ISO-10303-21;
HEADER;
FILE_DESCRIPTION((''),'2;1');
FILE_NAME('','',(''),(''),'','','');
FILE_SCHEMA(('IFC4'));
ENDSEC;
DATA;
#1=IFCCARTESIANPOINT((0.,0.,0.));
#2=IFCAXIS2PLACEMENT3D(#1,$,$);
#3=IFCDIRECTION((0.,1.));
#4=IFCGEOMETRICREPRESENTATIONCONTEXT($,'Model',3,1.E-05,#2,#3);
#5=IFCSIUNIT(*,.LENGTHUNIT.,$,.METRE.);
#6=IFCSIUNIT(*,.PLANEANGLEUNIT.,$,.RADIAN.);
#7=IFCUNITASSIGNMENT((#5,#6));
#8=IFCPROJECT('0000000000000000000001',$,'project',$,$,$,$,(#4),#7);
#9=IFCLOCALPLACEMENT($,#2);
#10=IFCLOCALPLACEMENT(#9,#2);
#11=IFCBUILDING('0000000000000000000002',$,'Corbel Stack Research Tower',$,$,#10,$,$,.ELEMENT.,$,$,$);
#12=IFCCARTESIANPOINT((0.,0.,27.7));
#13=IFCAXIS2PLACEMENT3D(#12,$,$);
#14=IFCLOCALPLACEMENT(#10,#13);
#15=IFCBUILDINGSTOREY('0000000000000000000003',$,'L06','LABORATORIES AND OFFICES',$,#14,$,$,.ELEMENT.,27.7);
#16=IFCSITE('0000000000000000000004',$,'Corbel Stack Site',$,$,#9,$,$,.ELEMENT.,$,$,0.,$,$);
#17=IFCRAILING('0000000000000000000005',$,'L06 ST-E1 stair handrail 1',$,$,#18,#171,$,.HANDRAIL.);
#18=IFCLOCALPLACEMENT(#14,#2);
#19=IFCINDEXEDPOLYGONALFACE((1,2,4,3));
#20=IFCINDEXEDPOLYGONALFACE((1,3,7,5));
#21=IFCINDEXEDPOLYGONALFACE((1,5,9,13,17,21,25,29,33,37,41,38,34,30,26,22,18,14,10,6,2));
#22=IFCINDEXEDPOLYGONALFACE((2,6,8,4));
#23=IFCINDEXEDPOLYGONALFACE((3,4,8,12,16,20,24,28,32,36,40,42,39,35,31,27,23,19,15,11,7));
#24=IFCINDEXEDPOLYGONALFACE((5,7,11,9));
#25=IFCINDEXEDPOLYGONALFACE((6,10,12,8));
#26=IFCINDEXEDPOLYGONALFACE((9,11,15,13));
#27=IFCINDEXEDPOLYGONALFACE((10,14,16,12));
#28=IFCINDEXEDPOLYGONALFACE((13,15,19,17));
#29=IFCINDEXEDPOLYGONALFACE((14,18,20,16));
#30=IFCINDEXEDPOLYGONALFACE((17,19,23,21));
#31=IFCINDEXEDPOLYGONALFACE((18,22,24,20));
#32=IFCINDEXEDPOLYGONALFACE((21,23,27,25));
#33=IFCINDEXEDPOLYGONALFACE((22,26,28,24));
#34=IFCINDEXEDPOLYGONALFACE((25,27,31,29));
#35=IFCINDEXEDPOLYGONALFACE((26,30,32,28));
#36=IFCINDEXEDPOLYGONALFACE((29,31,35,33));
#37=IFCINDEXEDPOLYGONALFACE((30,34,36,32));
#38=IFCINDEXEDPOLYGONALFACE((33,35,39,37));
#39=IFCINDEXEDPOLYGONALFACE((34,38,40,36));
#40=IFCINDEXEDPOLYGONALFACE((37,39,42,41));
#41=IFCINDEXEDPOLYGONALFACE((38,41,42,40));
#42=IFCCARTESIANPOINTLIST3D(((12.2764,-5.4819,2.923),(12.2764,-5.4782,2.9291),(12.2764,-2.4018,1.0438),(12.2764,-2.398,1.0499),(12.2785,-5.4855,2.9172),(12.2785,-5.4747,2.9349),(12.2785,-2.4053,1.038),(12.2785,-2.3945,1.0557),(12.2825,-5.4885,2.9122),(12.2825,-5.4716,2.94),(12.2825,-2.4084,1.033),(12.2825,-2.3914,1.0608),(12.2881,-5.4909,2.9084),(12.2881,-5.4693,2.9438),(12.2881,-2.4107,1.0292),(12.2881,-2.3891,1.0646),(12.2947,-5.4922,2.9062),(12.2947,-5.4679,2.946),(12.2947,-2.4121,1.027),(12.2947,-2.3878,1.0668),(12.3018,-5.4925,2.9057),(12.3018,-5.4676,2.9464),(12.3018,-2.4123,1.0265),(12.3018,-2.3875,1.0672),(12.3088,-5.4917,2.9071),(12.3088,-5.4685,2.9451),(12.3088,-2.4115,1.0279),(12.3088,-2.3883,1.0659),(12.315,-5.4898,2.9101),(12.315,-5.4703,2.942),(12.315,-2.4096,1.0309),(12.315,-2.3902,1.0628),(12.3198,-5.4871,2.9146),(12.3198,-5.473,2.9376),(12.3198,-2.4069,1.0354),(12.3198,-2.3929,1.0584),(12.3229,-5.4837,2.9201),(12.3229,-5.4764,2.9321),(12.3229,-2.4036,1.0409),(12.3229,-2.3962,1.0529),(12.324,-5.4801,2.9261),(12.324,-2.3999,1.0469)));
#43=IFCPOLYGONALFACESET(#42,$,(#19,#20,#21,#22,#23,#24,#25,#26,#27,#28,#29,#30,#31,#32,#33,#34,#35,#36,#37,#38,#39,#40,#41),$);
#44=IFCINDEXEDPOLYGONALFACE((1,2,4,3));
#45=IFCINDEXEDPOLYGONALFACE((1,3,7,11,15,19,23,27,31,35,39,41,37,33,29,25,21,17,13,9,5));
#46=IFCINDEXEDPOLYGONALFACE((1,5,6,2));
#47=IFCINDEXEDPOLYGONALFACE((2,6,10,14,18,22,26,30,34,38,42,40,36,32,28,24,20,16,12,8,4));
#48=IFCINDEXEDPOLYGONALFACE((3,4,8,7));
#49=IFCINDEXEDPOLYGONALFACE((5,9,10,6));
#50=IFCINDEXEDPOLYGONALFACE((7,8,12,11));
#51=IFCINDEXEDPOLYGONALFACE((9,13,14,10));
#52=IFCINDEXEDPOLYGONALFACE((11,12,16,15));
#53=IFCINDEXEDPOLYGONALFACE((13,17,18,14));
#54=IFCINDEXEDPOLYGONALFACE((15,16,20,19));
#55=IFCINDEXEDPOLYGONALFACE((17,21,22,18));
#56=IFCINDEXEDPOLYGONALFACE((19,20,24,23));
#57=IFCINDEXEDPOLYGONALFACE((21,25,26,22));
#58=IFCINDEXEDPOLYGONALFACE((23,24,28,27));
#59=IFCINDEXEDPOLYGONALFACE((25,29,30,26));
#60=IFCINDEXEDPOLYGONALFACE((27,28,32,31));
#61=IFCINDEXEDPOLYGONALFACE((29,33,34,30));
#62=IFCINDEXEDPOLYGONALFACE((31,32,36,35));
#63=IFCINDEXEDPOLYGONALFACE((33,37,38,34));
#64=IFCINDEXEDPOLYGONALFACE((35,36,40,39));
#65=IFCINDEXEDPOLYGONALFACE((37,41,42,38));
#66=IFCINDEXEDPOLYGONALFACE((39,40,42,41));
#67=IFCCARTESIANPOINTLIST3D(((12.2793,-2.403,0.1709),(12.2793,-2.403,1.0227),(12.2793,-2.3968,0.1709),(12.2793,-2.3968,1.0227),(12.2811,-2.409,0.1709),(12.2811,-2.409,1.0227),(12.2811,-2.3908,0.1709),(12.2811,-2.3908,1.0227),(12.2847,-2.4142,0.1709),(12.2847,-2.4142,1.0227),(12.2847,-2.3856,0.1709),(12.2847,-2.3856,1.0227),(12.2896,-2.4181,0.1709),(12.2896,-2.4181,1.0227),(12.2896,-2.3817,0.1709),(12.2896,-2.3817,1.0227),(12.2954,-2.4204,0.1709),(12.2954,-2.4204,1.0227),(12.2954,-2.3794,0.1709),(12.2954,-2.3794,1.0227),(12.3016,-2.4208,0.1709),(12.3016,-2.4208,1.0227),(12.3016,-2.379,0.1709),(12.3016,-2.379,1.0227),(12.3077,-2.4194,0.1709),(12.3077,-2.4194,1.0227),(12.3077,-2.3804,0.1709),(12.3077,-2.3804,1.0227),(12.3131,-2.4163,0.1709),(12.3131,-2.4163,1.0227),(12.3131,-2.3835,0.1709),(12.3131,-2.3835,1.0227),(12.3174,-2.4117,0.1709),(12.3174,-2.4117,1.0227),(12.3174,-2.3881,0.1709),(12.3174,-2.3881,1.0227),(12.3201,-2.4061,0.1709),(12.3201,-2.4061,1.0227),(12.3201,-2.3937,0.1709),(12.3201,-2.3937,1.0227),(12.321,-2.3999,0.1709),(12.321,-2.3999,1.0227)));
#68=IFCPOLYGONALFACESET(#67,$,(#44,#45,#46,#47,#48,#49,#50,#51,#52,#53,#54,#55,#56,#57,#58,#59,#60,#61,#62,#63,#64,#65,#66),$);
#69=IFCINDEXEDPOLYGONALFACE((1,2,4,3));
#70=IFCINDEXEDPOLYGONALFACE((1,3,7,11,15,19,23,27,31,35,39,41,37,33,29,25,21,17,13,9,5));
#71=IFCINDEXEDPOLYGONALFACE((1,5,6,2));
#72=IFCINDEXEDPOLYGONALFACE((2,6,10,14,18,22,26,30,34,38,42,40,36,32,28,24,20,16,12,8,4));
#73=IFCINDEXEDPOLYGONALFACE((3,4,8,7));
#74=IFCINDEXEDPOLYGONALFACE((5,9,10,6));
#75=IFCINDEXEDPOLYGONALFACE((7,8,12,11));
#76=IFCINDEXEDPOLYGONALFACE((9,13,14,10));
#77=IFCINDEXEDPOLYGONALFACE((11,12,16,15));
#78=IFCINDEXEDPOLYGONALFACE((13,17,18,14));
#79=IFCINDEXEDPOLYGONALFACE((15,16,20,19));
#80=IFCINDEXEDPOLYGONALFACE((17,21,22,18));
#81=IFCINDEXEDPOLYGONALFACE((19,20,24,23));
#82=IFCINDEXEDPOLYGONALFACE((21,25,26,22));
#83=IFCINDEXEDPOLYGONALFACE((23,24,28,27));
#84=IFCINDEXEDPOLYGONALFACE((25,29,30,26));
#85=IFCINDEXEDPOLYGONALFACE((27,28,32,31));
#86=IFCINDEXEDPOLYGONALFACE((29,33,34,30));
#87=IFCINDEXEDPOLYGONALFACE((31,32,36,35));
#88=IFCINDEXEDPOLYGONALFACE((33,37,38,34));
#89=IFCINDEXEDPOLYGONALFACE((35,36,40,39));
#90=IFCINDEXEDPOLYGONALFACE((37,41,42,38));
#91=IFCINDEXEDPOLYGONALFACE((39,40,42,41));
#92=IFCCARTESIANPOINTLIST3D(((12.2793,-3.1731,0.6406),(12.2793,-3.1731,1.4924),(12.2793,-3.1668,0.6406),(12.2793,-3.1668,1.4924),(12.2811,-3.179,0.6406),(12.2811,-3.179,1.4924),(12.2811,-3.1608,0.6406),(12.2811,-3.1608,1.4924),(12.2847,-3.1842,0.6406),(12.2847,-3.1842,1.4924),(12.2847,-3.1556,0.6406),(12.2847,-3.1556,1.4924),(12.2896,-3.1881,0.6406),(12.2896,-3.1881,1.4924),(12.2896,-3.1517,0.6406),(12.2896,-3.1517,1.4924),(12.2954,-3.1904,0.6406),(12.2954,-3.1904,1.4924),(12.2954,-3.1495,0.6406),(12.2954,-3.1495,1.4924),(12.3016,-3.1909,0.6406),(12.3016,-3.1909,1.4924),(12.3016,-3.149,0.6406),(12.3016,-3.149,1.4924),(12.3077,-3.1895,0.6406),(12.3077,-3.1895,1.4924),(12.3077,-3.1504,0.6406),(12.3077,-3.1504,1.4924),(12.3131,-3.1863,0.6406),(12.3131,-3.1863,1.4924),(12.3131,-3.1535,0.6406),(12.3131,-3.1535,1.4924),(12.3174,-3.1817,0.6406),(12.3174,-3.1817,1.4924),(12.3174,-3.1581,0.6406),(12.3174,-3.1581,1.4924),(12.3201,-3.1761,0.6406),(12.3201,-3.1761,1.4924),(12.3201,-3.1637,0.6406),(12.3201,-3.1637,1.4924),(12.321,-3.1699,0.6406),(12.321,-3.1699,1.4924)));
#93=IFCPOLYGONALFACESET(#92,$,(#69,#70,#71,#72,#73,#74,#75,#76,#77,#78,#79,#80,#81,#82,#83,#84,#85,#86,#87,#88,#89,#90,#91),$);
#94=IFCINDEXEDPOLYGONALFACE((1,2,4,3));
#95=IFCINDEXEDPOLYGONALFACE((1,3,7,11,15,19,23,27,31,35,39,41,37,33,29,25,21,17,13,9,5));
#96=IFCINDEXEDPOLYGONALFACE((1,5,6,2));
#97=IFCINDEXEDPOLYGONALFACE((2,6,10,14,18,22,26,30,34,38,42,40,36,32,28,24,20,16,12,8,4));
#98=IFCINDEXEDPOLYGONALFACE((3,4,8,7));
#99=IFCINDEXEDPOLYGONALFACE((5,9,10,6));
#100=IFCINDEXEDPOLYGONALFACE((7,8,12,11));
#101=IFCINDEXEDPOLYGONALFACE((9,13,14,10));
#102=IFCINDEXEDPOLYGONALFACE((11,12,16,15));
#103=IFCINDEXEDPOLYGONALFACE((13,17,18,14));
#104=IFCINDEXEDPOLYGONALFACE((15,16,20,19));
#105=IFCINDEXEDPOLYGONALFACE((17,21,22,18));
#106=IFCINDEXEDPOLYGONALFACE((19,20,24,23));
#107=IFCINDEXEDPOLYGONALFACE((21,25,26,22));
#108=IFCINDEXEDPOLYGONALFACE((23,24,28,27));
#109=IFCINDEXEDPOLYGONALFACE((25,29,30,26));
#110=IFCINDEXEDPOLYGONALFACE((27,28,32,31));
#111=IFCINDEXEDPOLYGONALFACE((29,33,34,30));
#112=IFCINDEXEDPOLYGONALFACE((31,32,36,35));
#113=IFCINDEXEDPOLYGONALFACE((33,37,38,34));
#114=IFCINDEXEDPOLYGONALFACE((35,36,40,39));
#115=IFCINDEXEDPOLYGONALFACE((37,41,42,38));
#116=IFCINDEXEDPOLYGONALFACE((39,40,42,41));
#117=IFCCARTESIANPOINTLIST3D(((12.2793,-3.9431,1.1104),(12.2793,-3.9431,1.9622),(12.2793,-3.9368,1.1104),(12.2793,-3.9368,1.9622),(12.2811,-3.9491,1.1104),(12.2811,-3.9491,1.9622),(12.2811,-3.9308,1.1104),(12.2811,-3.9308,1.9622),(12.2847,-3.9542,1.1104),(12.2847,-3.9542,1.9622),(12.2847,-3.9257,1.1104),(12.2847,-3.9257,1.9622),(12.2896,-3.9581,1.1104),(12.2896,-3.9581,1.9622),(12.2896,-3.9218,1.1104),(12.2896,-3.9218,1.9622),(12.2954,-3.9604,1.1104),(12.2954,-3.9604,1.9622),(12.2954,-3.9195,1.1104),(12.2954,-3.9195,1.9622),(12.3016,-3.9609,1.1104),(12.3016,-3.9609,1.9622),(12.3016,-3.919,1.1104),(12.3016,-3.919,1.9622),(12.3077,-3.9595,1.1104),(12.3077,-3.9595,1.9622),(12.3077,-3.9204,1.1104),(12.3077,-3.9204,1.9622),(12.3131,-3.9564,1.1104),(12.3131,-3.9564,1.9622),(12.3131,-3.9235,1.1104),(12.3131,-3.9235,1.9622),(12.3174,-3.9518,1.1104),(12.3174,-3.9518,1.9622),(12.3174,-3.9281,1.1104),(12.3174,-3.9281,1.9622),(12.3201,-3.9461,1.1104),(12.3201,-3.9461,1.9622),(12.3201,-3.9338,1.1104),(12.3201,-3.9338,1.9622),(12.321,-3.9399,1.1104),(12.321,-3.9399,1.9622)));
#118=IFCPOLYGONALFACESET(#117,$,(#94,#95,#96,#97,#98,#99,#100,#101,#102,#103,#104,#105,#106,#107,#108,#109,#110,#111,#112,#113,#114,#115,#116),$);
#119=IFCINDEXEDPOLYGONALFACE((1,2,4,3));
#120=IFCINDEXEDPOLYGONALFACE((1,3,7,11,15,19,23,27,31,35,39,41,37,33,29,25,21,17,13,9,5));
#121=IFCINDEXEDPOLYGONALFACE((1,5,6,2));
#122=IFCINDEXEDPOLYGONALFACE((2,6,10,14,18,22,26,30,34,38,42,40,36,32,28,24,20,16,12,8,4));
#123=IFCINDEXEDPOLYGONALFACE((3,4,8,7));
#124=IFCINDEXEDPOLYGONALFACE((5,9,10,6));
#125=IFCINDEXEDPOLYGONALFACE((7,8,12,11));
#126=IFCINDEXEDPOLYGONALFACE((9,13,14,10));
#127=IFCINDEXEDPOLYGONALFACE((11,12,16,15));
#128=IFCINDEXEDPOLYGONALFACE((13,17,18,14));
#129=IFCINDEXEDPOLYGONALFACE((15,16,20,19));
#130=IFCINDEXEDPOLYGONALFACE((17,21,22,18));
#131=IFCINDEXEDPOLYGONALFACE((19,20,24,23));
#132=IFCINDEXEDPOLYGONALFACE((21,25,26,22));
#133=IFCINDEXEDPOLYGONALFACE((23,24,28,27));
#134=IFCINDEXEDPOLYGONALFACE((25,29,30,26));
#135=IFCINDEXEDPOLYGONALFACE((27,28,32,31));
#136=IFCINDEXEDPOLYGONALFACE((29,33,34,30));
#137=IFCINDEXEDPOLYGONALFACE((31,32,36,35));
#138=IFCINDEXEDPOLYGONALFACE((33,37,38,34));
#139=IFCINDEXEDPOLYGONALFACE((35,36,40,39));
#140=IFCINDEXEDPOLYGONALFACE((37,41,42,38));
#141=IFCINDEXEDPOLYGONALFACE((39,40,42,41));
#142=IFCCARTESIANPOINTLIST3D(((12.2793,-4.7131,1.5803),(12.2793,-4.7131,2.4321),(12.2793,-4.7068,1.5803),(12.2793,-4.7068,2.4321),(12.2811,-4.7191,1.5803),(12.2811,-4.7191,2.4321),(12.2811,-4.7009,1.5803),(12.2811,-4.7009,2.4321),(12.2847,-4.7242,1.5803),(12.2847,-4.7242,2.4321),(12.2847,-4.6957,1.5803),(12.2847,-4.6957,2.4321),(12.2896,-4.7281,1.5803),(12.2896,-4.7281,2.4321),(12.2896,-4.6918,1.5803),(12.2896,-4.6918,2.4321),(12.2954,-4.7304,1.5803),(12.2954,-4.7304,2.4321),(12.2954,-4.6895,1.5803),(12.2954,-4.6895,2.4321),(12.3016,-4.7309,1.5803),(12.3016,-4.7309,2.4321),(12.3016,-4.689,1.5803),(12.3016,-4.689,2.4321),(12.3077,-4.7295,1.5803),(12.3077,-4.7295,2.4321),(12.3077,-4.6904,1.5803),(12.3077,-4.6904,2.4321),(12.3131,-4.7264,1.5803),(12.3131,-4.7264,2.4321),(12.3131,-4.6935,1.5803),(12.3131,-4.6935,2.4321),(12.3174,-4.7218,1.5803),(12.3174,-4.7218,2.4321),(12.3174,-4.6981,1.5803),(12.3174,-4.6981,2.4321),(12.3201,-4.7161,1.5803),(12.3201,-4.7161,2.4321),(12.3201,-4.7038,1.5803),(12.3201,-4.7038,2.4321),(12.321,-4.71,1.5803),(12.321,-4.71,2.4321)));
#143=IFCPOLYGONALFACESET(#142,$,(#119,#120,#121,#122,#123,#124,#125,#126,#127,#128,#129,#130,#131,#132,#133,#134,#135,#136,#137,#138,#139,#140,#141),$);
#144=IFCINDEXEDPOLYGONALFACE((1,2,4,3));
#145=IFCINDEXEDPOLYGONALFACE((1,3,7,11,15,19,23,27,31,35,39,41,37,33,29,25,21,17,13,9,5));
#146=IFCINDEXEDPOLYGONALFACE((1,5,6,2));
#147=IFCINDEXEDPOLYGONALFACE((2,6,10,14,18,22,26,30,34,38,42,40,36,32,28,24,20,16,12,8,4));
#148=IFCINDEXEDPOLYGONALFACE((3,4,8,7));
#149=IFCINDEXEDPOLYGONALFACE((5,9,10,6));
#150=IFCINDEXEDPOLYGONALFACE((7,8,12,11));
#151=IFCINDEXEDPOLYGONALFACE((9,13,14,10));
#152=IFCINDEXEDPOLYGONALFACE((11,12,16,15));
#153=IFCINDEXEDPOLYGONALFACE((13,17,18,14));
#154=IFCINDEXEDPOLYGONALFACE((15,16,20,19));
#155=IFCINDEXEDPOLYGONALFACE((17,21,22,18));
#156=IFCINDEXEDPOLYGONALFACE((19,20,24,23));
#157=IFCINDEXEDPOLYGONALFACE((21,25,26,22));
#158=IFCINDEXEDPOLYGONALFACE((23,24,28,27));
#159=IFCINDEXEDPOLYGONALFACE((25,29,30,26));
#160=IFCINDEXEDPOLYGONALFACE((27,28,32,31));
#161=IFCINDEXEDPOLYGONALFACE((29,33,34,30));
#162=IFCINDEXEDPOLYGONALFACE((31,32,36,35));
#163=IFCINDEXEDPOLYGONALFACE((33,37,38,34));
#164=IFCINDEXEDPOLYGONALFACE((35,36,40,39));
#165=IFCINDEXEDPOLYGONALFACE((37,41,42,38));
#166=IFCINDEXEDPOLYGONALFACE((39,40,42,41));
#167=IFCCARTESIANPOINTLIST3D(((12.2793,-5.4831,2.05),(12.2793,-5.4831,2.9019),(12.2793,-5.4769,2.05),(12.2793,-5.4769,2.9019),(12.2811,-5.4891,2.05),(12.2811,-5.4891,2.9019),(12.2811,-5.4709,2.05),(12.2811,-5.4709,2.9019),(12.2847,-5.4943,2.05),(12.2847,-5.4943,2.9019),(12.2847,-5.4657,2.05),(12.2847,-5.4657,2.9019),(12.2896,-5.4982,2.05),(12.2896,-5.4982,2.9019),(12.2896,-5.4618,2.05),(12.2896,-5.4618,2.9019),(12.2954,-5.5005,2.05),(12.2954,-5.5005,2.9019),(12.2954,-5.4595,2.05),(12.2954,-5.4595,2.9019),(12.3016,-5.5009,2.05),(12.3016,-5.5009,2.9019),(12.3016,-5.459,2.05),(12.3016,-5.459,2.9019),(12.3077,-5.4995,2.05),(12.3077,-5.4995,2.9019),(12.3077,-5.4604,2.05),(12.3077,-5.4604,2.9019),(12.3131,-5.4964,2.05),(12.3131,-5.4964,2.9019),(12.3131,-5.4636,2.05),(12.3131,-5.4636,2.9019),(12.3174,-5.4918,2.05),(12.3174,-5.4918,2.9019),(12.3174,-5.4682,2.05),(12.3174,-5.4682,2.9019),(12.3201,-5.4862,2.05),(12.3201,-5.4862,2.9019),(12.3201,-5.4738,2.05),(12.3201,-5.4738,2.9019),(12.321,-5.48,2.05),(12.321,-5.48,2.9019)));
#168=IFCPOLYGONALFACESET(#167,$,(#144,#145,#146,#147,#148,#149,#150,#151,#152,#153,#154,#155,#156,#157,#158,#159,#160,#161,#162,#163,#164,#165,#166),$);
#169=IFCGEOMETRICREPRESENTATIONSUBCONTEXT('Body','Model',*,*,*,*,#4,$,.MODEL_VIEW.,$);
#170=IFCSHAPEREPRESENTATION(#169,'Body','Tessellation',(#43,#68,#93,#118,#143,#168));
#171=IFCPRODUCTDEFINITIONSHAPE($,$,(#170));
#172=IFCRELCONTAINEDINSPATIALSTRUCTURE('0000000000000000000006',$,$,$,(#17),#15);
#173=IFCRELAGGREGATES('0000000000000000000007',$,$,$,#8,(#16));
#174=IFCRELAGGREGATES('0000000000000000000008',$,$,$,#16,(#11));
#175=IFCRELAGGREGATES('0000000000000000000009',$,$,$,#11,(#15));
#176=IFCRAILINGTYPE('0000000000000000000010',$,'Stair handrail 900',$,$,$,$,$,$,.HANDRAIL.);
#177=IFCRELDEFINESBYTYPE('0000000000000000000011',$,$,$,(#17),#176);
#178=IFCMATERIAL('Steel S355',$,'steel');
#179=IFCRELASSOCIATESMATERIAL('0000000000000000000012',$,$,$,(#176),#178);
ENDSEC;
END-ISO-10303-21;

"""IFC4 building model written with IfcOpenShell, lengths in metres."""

from ifc_helpers import new_model, si_unit, direction, frame, origin, origin_2d, place, context, subcontext, project, spatial, circle, extrude, material, type_object, element, save


model = new_model("IFC4")

# Units and contexts
model_context = context("Model", 3, precision=1e-05, world=origin(), true_north=direction((0.0, 1.0)))
body_context = subcontext(model_context, "Body", "Model", "MODEL_VIEW")
ifc_project = project(units=[si_unit("LENGTHUNIT", "METRE"), si_unit("PLANEANGLEUNIT", "RADIAN")], contexts=[model_context])

# Site, building, storey
site_placement = place(None, origin())
site = spatial("IfcSite", under=ifc_project, at=site_placement, Name="Corbel Stack Site", CompositionType="ELEMENT", RefElevation=0.0)
building_placement = place(site_placement, origin())
building = spatial("IfcBuilding", under=site, at=building_placement, Name="Corbel Stack Research Tower", CompositionType="ELEMENT")
storey_placement = place(building_placement, frame((0.0, 0.0, 27.7)))
storey = spatial("IfcBuildingStorey", under=building, at=storey_placement, Name="L06", Description="LABORATORIES AND OFFICES", CompositionType="ELEMENT", Elevation=27.7)

# Railing
ifc_material_1 = material(Name="Steel S355", Category="steel")
railing_type_1 = type_object("IfcRailingType", Name="Stair handrail 900", PredefinedType="HANDRAIL", material=ifc_material_1)
railing_1_placement = place(storey_placement, frame((12.3, -2.3999, 0.1709)))
element("IfcRailing", 1, at=railing_1_placement, inside=storey, type_object=railing_type_1, Name="L06 ST-E1 stair handrail 1", PredefinedType="HANDRAIL", context=body_context, shape_type="SweptSolid", body=[
    extrude(circle(Radius=0.0239, at=origin_2d()), frame((0.0, 0.0, 0.876), z_axis=(0.0, -0.853666, 0.52082), x_axis=(1.0, 0.0, 0.0)), (0.0, 0.0, 1.0), 3.6082),
    extrude(circle(Radius=0.021, at=origin_2d()), origin(), (0.0, 0.0, 1.0), 0.8518),
    extrude(circle(Radius=0.021, at=origin_2d()), frame((0.0, -0.77, 0.4697)), (0.0, 0.0, 1.0), 0.8518),
    extrude(circle(Radius=0.021, at=origin_2d()), frame((0.0, -1.54, 0.9395)), (0.0, 0.0, 1.0), 0.8518),
    extrude(circle(Radius=0.021, at=origin_2d()), frame((0.0, -2.3101, 1.4094)), (0.0, 0.0, 1.0), 0.8518),
    extrude(circle(Radius=0.021, at=origin_2d()), frame((0.0, -3.0801, 1.8792)), (0.0, 0.0, 1.0), 0.8518),
])

save(model, "model.ifc")
